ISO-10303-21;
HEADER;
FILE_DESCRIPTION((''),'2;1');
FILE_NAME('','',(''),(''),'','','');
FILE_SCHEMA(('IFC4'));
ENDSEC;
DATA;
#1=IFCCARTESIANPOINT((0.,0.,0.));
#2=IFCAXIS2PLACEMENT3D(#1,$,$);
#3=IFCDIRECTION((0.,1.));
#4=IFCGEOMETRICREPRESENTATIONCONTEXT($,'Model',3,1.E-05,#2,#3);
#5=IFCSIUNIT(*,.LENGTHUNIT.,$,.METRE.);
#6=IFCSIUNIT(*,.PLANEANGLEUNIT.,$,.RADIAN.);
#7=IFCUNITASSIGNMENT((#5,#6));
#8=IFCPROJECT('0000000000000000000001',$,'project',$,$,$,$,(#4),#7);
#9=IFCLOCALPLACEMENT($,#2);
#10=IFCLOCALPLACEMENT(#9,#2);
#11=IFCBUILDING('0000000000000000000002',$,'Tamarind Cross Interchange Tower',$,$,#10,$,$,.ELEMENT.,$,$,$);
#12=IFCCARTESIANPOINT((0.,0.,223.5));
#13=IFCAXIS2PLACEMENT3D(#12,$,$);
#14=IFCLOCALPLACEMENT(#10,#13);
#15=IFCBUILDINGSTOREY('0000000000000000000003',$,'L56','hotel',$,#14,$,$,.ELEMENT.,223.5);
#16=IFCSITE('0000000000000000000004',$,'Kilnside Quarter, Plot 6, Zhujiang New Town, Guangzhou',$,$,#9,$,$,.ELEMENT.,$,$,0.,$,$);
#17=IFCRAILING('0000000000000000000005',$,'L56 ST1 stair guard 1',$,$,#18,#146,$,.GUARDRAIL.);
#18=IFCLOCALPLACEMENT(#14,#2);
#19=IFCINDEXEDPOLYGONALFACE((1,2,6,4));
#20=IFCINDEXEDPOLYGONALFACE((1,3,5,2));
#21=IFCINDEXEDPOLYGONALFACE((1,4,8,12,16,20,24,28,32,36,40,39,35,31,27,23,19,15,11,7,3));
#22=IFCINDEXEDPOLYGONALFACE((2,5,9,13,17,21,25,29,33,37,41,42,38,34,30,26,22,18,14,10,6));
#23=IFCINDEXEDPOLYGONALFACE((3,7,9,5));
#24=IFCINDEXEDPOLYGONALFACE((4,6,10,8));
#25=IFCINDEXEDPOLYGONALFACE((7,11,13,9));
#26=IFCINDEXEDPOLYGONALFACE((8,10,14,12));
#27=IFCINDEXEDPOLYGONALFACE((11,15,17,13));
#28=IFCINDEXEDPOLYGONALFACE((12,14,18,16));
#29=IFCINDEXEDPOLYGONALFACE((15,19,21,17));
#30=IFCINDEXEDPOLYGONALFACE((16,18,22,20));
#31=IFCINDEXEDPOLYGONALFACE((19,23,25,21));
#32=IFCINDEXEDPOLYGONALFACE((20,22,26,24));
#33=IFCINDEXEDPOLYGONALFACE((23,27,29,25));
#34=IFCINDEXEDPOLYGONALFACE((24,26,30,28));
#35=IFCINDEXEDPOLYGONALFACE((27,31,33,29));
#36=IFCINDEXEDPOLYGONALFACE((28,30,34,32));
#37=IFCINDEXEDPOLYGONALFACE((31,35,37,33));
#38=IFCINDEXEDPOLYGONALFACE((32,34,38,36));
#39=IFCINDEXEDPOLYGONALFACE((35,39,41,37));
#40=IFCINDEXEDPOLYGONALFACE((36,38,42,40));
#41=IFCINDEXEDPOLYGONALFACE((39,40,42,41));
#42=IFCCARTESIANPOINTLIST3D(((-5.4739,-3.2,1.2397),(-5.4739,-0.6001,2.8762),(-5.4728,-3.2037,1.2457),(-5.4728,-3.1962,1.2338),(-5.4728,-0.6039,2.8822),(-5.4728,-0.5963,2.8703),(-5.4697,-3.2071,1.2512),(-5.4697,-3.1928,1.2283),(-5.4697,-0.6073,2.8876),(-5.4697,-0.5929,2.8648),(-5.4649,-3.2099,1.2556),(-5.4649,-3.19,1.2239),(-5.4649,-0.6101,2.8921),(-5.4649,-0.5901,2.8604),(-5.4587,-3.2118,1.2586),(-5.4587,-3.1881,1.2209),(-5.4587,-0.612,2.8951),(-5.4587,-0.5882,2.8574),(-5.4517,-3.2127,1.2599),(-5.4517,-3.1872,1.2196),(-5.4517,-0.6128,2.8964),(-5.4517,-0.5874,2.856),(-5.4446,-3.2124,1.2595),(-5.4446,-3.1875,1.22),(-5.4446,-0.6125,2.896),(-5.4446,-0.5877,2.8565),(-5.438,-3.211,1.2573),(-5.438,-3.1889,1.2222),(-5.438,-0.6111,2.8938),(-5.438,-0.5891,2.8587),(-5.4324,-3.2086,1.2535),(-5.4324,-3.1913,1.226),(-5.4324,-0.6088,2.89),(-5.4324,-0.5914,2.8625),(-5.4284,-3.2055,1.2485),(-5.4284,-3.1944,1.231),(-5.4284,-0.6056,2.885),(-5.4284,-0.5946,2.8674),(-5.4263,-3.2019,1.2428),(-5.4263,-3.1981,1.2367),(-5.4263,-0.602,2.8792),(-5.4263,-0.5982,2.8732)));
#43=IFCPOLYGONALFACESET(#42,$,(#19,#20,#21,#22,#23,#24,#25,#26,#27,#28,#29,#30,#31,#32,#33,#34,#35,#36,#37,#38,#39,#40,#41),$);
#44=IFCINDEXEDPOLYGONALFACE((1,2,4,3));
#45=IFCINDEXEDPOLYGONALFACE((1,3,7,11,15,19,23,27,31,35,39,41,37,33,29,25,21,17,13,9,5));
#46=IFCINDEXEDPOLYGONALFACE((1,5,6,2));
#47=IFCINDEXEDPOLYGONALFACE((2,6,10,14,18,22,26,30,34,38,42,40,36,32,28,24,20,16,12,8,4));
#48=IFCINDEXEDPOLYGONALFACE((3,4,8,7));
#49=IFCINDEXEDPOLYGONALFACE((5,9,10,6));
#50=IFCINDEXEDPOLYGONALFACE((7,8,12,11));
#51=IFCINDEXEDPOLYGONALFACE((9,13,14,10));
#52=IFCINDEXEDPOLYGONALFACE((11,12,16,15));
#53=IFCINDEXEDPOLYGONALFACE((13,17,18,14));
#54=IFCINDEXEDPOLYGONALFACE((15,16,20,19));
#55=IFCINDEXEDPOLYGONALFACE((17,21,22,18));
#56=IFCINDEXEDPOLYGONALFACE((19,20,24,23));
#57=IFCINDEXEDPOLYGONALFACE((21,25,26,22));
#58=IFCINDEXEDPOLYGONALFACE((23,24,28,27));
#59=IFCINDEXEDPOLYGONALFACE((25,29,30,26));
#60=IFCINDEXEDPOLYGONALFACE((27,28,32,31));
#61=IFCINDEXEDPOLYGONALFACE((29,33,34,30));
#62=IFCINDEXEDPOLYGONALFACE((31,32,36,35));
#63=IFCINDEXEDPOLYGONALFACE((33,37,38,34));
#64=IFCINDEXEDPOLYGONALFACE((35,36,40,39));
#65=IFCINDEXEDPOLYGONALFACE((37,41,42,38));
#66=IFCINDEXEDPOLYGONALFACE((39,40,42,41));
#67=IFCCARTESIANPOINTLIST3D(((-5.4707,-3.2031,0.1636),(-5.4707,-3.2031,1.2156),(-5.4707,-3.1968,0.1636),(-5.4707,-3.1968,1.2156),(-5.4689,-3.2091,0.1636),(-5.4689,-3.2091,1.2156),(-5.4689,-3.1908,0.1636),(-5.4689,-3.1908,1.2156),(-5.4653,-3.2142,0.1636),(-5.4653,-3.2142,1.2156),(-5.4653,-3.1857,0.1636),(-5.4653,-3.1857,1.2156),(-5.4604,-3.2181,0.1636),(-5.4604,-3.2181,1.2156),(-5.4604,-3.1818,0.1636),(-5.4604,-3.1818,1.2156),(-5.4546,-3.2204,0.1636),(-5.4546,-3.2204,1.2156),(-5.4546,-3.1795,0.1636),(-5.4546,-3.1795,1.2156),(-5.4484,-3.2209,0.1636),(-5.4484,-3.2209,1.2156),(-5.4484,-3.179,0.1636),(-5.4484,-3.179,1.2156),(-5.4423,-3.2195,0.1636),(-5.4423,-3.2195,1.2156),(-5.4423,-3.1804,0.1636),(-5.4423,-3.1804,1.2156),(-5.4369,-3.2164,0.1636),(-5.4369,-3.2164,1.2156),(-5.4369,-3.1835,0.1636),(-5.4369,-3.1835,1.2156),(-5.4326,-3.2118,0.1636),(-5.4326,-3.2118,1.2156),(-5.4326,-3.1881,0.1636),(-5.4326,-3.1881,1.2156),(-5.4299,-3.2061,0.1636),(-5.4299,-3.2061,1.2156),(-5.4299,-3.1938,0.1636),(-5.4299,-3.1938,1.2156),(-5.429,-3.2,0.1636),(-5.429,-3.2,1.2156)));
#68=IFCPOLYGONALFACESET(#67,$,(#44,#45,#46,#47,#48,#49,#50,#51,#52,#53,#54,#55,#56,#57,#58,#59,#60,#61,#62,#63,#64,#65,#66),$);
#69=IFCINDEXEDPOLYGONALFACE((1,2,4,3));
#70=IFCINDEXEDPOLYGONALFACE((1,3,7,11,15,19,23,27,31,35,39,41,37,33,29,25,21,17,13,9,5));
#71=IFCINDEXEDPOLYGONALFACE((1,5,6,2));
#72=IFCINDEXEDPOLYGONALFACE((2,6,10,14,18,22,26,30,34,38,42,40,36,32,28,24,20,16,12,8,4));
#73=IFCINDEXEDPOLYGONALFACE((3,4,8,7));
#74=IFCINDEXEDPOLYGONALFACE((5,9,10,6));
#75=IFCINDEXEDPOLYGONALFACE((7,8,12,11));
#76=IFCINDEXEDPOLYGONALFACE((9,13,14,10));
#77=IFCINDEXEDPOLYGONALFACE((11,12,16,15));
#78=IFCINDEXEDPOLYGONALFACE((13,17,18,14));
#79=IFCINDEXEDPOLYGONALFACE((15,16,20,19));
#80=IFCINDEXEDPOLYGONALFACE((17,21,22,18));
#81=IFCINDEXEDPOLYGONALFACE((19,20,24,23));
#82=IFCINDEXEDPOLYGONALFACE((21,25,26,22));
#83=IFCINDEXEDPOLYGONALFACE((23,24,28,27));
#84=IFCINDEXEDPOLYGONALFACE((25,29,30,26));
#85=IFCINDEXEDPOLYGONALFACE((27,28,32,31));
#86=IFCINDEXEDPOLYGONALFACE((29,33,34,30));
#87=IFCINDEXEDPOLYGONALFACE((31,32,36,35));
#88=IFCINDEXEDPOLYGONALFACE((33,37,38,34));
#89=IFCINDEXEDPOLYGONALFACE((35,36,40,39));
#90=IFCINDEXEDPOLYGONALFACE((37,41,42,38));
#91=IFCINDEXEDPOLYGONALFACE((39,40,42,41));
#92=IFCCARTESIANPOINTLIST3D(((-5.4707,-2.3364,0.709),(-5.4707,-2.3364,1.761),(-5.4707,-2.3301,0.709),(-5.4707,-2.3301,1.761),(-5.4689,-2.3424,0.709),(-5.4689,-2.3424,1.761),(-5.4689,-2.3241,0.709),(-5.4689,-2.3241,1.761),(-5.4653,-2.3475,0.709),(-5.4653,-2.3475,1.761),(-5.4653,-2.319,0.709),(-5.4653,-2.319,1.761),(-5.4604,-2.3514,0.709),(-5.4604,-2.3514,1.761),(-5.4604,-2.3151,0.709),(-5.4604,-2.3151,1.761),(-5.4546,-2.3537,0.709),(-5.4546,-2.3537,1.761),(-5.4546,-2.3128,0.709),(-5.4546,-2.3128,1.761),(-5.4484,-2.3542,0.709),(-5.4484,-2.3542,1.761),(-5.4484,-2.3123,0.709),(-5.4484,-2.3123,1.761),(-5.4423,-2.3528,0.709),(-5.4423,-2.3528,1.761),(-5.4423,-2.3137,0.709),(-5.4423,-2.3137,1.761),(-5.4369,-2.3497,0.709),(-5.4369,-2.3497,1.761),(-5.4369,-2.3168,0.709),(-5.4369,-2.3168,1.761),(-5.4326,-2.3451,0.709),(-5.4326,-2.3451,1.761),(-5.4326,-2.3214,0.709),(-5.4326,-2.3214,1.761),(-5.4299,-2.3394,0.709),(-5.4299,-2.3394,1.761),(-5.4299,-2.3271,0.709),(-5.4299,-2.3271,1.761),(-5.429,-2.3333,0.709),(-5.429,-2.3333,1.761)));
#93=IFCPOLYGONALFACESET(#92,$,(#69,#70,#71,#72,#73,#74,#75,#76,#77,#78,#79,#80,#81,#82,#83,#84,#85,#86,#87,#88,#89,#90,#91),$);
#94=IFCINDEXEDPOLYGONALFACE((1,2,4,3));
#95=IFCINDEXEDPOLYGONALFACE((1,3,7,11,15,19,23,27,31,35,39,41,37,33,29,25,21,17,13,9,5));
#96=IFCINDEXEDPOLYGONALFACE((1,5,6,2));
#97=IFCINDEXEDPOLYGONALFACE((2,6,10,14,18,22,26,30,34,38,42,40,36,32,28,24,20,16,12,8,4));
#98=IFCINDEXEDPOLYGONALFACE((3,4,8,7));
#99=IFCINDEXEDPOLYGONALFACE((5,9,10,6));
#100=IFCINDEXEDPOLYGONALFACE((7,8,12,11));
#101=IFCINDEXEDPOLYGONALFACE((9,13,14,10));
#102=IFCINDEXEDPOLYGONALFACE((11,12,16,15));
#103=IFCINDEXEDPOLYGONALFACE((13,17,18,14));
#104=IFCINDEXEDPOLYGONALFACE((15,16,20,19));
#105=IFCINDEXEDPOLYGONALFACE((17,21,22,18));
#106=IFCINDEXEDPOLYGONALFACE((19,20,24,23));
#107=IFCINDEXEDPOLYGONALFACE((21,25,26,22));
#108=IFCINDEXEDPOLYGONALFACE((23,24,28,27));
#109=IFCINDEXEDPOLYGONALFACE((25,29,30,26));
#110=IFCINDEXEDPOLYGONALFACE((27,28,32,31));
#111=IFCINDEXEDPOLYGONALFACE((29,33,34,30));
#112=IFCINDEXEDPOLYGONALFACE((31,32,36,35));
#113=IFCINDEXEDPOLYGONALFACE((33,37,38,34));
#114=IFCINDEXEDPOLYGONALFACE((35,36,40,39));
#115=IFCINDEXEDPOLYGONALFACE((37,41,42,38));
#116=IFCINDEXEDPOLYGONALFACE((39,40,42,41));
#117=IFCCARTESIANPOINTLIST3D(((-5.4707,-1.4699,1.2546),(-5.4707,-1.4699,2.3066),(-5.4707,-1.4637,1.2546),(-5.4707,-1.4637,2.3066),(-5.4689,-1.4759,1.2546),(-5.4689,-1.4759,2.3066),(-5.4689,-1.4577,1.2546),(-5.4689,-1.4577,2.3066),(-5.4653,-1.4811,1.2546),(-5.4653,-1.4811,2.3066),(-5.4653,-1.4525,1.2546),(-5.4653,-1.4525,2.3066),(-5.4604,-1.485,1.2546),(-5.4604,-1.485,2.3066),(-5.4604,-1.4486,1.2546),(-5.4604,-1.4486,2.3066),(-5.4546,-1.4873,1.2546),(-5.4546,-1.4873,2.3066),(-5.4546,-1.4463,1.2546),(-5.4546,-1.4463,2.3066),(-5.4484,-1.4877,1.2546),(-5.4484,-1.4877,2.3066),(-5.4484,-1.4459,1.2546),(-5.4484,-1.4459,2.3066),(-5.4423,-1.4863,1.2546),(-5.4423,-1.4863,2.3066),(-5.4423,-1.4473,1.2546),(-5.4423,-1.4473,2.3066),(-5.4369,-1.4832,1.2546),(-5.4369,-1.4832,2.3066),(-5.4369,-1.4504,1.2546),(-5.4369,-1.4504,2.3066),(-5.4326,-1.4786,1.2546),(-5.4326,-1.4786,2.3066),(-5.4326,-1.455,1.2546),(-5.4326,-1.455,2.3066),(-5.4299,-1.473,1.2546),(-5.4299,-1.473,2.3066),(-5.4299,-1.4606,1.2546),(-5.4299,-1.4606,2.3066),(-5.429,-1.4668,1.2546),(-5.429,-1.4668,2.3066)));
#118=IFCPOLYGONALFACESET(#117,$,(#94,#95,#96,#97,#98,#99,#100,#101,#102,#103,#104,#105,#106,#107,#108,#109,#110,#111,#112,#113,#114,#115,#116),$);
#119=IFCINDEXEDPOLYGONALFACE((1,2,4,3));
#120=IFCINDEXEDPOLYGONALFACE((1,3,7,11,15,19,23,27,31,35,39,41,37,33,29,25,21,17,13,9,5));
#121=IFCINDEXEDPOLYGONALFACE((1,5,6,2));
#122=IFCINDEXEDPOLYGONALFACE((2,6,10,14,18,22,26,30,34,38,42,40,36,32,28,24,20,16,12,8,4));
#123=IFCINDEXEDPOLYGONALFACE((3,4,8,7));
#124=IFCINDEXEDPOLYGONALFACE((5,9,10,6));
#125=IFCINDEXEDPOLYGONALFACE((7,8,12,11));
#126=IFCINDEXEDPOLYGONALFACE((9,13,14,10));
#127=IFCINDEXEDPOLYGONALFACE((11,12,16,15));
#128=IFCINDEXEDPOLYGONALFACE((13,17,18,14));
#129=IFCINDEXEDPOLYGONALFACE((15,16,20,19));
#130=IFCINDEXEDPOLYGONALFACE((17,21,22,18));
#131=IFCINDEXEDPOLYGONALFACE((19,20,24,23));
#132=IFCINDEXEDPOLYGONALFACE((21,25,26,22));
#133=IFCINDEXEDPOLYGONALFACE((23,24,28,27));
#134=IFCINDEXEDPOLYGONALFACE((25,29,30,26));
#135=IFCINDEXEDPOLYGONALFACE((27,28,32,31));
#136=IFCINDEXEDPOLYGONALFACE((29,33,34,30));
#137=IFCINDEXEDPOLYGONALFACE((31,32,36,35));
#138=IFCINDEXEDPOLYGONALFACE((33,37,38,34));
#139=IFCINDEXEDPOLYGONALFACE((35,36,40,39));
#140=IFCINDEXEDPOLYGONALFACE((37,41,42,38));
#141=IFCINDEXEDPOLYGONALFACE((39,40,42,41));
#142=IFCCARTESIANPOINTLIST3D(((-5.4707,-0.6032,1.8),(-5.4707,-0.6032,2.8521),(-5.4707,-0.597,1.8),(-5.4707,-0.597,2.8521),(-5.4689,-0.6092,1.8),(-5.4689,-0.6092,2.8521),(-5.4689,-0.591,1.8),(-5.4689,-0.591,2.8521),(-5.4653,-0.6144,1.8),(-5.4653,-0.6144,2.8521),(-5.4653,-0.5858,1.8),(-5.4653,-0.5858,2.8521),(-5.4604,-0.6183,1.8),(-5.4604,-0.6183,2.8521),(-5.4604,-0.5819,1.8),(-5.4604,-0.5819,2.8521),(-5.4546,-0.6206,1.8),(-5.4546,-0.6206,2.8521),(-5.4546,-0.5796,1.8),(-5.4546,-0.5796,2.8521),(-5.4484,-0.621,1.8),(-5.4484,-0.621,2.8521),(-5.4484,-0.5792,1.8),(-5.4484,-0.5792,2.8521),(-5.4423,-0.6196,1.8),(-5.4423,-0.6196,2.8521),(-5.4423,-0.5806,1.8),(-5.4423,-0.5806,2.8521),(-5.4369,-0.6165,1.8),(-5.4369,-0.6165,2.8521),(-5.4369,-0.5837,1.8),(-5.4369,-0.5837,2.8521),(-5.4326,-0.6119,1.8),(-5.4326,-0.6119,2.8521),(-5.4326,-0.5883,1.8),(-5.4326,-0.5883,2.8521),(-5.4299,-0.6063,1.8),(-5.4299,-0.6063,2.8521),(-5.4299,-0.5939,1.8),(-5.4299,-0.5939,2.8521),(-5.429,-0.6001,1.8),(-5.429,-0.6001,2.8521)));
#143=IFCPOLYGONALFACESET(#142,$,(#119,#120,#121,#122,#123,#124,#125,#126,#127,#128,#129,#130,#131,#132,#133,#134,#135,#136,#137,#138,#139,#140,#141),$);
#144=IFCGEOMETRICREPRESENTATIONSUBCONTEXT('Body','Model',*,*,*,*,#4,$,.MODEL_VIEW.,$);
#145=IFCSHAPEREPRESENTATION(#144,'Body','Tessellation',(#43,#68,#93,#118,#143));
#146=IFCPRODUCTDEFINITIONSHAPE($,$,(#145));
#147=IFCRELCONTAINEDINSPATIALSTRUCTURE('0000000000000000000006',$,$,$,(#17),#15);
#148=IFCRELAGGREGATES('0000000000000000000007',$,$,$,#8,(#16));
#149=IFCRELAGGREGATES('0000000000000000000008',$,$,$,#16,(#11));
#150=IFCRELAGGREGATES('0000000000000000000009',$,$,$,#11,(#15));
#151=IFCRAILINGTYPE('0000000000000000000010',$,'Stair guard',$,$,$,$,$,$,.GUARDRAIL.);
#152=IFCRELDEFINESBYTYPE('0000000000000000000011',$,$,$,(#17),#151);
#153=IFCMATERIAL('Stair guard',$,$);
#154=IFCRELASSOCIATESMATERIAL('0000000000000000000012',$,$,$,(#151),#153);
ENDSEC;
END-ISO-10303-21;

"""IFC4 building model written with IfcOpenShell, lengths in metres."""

from ifc_helpers import new_model, si_unit, direction, frame, origin, origin_2d, place, context, subcontext, project, spatial, circle, extrude, material, type_object, element, save


model = new_model("IFC4")

# Units and contexts
model_context = context("Model", 3, precision=1e-05, world=origin(), true_north=direction((0.0, 1.0)))
body_context = subcontext(model_context, "Body", "Model", "MODEL_VIEW")
ifc_project = project(units=[si_unit("LENGTHUNIT", "METRE"), si_unit("PLANEANGLEUNIT", "RADIAN")], contexts=[model_context])

# Site, building, storey
site_placement = place(None, origin())
site = spatial("IfcSite", under=ifc_project, at=site_placement, Name="Kilnside Quarter, Plot 6, Zhujiang New Town, Guangzhou", CompositionType="ELEMENT", RefElevation=0.0)
building_placement = place(site_placement, origin())
building = spatial("IfcBuilding", under=site, at=building_placement, Name="Tamarind Cross Interchange Tower", CompositionType="ELEMENT")
storey_placement = place(building_placement, frame((0.0, 0.0, 223.5)))
storey = spatial("IfcBuildingStorey", under=building, at=storey_placement, Name="L56", Description="hotel", CompositionType="ELEMENT", Elevation=223.5)

# Railing
ifc_material_1 = material(Name="Stair guard")
railing_type_1 = type_object("IfcRailingType", Name="Stair guard", PredefinedType="GUARDRAIL", material=ifc_material_1)
railing_1_placement = place(storey_placement, frame((-5.45, -3.2, 0.1636)))
element("IfcRailing", 1, at=railing_1_placement, inside=storey, type_object=railing_type_1, Name="L56 ST1 stair guard 1", PredefinedType="GUARDRAIL", context=body_context, shape_type="SweptSolid", body=[
    extrude(circle(Radius=0.0239, at=origin_2d()), frame((0.0, 0.0, 1.0762), z_axis=(0.0, 0.846302, 0.532704), x_axis=(-1.0, 0.0, 0.0)), (0.0, 0.0, 1.0), 3.072),
    extrude(circle(Radius=0.021, at=origin_2d()), origin(), (0.0, 0.0, 1.0), 1.052),
    extrude(circle(Radius=0.021, at=origin_2d()), frame((0.0, 0.8667, 0.5454)), (0.0, 0.0, 1.0), 1.052),
    extrude(circle(Radius=0.021, at=origin_2d()), frame((0.0, 1.7332, 1.0911)), (0.0, 0.0, 1.0), 1.052),
    extrude(circle(Radius=0.021, at=origin_2d()), frame((0.0, 2.5999, 1.6365)), (0.0, 0.0, 1.0), 1.052),
])

save(model, "model.ifc")
